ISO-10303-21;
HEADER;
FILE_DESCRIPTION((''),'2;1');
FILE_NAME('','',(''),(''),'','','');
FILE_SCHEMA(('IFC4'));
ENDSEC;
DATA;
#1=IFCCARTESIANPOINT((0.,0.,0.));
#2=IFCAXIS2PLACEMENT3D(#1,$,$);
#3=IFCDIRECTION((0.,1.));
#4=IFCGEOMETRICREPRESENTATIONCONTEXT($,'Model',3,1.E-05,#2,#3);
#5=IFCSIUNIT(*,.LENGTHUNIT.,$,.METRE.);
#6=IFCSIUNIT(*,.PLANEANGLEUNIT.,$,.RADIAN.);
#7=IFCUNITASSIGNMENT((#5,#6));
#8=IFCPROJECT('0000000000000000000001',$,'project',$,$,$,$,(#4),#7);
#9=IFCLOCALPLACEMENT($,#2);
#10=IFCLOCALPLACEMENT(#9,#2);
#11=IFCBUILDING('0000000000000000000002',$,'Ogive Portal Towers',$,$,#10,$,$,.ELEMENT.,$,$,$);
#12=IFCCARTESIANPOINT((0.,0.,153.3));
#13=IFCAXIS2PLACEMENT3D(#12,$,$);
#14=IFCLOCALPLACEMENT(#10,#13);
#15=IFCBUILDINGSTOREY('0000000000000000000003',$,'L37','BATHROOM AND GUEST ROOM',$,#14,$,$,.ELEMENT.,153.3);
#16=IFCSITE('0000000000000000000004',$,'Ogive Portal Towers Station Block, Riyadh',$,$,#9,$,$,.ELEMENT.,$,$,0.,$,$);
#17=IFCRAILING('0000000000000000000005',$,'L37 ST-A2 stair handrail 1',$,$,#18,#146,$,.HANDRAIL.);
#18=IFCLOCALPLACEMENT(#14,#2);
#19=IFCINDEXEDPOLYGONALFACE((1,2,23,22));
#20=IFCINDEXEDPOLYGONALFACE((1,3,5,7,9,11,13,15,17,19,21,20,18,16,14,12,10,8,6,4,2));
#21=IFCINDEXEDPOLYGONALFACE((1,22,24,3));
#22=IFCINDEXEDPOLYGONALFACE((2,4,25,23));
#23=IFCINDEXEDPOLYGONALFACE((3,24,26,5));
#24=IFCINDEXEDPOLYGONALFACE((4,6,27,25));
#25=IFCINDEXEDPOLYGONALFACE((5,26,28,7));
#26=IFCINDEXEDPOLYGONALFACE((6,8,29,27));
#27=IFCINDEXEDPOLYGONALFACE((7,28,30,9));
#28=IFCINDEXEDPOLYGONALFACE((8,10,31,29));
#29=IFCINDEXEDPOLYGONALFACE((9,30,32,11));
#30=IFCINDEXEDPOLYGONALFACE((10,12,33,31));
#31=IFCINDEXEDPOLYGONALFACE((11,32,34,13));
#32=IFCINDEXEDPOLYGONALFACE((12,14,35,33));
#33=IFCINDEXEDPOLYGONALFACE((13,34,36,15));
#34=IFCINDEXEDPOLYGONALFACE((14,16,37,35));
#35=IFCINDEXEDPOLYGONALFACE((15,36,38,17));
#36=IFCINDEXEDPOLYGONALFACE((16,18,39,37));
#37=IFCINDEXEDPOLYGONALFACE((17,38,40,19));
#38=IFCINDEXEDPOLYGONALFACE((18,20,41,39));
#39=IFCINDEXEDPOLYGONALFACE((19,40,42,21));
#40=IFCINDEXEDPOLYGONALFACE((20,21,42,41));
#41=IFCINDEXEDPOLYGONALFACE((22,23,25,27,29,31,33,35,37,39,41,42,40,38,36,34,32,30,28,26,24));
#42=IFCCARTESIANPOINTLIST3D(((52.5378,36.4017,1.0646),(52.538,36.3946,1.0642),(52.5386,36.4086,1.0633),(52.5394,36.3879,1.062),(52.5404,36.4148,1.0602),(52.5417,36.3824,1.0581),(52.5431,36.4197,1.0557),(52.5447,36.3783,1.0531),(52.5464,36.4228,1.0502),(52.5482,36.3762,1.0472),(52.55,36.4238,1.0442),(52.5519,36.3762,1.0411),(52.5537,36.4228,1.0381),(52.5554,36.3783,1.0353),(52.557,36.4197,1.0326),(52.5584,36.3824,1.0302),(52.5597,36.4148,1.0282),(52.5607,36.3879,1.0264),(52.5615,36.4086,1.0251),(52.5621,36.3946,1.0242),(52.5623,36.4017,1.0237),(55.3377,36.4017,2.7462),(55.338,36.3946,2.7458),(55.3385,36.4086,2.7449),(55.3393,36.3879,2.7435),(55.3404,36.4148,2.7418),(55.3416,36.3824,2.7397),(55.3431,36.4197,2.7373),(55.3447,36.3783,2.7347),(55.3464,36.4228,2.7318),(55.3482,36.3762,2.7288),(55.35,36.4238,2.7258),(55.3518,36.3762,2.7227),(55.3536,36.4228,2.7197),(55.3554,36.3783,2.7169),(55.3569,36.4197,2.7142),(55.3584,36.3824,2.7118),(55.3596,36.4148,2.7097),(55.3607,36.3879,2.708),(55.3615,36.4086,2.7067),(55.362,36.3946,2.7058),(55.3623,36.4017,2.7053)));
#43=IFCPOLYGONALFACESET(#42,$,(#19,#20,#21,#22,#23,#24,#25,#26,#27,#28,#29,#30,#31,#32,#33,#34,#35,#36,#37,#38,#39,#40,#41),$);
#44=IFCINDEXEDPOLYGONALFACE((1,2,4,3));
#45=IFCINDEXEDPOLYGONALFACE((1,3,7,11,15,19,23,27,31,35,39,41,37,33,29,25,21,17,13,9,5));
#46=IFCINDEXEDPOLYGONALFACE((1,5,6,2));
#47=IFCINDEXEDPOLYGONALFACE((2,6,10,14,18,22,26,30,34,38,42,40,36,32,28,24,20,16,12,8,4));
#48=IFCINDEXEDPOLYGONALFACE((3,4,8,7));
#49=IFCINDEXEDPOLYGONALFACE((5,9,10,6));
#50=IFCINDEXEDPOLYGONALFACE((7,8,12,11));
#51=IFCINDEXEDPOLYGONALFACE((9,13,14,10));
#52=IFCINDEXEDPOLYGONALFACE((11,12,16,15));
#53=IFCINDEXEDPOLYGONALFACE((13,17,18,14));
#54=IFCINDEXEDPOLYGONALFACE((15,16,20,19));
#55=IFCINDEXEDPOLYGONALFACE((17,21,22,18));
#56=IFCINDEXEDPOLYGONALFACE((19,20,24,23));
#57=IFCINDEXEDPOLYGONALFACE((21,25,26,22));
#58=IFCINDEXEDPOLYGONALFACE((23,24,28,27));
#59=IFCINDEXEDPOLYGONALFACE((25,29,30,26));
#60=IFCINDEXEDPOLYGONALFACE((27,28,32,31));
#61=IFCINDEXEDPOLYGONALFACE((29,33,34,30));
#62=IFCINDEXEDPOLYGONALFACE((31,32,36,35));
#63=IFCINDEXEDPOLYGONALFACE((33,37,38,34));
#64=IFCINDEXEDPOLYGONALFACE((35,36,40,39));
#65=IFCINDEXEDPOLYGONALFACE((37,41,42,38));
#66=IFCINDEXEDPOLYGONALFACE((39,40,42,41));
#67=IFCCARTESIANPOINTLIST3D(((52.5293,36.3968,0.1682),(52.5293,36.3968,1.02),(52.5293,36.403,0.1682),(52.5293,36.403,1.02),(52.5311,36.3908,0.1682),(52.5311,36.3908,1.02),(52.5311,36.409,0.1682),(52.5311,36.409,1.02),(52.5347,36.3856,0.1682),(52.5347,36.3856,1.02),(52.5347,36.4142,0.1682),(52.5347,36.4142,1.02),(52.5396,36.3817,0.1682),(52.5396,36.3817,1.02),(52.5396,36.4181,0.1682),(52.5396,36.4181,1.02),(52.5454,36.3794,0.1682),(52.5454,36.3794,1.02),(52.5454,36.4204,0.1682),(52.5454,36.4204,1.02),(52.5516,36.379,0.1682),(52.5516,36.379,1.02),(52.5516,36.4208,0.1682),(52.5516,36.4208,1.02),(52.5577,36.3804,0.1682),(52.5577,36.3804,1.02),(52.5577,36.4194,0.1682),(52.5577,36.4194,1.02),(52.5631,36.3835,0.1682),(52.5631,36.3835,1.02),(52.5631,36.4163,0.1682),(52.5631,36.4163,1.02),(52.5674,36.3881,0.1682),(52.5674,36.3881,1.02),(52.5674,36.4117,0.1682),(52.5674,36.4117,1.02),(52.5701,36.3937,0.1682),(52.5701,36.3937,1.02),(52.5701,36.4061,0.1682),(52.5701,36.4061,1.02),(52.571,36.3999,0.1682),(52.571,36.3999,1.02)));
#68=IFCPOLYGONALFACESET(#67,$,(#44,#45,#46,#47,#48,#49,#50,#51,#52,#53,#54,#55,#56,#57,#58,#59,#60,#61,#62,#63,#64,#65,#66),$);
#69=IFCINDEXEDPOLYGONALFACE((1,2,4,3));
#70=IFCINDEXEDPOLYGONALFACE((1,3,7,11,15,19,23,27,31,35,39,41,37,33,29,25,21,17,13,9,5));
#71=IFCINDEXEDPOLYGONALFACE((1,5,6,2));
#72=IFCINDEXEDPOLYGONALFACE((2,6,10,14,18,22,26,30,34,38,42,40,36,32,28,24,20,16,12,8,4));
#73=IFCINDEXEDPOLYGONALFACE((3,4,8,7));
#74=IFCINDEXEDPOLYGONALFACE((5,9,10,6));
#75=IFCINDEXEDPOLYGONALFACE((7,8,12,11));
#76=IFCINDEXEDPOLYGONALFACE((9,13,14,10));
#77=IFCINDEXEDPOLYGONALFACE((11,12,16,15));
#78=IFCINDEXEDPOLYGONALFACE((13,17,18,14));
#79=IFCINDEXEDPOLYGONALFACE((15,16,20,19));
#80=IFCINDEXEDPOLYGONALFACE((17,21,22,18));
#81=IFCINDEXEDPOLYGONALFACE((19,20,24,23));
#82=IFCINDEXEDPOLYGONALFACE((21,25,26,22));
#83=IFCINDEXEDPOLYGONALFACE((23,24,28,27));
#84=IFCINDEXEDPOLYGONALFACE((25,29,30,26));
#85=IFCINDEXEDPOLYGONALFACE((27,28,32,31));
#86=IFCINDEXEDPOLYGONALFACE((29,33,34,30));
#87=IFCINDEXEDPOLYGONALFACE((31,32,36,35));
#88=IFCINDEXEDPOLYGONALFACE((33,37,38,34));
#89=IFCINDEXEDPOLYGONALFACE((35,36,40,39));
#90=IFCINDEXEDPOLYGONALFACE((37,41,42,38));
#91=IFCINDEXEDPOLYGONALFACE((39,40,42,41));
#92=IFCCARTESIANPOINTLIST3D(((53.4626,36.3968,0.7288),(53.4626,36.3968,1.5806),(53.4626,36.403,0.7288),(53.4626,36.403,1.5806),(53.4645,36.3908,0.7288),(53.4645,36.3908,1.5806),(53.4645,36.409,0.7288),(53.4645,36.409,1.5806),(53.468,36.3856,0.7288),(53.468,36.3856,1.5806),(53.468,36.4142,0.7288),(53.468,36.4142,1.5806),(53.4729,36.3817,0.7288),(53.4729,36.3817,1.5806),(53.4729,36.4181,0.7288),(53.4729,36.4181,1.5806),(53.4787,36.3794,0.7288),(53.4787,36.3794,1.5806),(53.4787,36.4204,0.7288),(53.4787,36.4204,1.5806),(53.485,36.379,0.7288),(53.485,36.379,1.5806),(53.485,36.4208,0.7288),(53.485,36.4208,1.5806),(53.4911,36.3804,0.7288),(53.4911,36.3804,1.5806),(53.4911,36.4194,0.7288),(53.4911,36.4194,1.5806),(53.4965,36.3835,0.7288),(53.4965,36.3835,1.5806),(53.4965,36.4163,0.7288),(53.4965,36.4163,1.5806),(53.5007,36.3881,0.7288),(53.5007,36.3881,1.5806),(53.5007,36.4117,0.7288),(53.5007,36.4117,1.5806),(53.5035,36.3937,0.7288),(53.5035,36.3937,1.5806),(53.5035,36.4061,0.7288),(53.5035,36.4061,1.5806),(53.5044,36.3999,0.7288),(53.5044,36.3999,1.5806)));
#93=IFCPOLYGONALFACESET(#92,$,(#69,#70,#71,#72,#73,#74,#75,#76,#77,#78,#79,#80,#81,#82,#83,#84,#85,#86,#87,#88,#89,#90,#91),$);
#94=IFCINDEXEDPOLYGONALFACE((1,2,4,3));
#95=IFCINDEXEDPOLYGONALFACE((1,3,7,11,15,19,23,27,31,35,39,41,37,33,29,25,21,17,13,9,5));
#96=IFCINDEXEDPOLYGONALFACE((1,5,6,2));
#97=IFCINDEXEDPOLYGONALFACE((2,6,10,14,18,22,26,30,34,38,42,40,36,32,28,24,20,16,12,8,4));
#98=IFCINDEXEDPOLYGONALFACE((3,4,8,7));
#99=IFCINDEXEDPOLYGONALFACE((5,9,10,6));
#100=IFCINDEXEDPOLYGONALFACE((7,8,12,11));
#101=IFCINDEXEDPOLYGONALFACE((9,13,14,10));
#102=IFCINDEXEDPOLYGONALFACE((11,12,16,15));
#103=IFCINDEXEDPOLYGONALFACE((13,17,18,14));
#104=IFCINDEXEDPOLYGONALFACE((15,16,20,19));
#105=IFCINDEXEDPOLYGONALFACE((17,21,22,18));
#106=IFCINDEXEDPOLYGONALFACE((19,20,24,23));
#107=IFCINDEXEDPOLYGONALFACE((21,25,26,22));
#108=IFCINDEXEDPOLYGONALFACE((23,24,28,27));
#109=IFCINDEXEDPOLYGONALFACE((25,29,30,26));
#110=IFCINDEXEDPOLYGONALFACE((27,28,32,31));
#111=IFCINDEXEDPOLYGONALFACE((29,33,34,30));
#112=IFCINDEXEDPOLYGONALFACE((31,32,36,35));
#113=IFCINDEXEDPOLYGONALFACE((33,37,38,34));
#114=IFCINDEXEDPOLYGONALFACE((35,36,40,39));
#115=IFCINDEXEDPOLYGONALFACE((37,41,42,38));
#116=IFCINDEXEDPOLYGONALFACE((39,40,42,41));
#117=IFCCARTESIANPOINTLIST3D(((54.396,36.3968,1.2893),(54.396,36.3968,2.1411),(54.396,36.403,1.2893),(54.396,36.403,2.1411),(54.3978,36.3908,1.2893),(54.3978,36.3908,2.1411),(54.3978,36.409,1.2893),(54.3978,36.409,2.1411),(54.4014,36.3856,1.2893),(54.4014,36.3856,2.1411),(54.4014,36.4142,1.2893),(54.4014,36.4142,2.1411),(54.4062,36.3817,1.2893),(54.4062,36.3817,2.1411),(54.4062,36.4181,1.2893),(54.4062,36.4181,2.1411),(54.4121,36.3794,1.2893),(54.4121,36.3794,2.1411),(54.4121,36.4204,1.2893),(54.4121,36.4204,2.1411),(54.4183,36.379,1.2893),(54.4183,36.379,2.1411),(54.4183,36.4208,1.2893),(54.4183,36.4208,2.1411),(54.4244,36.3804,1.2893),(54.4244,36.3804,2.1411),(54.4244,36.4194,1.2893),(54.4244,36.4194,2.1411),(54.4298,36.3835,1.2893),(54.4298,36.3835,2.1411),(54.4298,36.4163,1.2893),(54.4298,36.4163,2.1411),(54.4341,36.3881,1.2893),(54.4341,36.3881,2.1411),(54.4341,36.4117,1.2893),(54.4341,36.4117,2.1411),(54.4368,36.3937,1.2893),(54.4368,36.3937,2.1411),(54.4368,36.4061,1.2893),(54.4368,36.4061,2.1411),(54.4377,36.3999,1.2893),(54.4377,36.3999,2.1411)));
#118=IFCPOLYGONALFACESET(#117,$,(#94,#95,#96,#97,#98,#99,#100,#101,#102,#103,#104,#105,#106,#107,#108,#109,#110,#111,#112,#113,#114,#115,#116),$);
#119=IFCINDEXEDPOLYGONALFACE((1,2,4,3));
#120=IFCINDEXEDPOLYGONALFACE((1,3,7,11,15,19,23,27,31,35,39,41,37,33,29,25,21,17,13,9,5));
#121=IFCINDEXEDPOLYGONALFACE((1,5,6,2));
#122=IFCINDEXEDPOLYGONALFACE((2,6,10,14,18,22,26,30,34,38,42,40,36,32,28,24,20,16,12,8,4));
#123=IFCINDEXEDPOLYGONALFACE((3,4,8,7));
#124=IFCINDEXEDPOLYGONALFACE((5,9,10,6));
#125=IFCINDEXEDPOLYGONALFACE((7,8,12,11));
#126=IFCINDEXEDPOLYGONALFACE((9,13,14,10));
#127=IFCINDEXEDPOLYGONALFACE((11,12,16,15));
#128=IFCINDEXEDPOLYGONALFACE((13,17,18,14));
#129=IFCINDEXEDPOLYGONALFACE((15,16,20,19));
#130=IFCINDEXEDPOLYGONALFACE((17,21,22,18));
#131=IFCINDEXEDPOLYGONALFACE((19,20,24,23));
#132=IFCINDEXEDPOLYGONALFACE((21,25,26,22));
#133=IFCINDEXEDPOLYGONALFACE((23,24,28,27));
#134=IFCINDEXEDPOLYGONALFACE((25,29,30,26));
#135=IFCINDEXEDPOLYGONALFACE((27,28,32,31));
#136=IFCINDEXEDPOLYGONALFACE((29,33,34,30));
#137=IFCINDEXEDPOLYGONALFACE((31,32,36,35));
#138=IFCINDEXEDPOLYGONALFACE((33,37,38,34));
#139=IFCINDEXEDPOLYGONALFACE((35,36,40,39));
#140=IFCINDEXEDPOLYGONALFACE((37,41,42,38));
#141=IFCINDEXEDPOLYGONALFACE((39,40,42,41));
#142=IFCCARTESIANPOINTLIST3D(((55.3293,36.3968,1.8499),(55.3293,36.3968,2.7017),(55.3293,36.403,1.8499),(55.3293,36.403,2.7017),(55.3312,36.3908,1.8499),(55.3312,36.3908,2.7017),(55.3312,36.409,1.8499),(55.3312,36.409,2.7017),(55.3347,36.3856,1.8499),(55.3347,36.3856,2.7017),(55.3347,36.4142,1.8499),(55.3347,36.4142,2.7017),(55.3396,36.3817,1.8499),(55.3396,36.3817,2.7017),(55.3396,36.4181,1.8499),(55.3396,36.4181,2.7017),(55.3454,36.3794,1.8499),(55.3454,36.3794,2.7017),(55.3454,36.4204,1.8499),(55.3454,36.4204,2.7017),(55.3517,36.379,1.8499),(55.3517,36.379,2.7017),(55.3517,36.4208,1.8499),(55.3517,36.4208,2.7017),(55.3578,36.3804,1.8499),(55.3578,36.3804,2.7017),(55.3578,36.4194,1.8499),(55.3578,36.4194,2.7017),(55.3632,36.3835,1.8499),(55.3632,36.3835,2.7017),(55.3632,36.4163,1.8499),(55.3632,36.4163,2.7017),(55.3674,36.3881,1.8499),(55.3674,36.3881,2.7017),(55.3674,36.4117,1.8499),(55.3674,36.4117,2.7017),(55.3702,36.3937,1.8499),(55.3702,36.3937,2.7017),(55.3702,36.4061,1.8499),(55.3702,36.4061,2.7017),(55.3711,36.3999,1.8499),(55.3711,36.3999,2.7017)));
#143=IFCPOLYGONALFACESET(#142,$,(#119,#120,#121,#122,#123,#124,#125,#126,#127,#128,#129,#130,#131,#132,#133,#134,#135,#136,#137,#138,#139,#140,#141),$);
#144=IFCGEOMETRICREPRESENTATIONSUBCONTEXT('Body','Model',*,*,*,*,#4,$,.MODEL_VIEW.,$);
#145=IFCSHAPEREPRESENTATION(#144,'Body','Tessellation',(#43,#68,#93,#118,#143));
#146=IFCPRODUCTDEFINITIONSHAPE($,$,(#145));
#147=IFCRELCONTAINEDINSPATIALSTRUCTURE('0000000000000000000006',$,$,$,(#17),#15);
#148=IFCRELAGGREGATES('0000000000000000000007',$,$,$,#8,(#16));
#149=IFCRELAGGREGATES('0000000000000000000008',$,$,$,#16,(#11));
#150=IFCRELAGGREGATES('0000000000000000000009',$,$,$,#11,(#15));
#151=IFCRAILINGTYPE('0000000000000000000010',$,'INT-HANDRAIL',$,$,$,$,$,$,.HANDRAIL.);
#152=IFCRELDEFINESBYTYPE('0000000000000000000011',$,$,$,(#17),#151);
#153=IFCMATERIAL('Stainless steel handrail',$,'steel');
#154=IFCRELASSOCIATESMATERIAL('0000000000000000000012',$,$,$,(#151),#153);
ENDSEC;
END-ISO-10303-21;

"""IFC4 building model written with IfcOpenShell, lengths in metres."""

from ifc_helpers import new_model, si_unit, direction, frame, origin, origin_2d, place, context, subcontext, project, spatial, circle, extrude, material, type_object, element, save


model = new_model("IFC4")

# Units and contexts
model_context = context("Model", 3, precision=1e-05, world=origin(), true_north=direction((0.0, 1.0)))
body_context = subcontext(model_context, "Body", "Model", "MODEL_VIEW")
ifc_project = project(units=[si_unit("LENGTHUNIT", "METRE"), si_unit("PLANEANGLEUNIT", "RADIAN")], contexts=[model_context])

# Site, building, storey
site_placement = place(None, origin())
site = spatial("IfcSite", under=ifc_project, at=site_placement, Name="Ogive Portal Towers Station Block, Riyadh", CompositionType="ELEMENT", RefElevation=0.0)
building_placement = place(site_placement, origin())
building = spatial("IfcBuilding", under=site, at=building_placement, Name="Ogive Portal Towers", CompositionType="ELEMENT")
storey_placement = place(building_placement, frame((0.0, 0.0, 153.3)))
storey = spatial("IfcBuildingStorey", under=building, at=storey_placement, Name="L37", Description="BATHROOM AND GUEST ROOM", CompositionType="ELEMENT", Elevation=153.3)

# Railing
ifc_material_1 = material(Name="Stainless steel handrail", Category="steel")
railing_type_1 = type_object("IfcRailingType", Name="INT-HANDRAIL", PredefinedType="HANDRAIL", material=ifc_material_1)
railing_1_placement = place(storey_placement, frame((52.55, 36.3999, 0.1682)))
element("IfcRailing", 1, at=railing_1_placement, inside=storey, type_object=railing_type_1, Name="L37 ST-A2 stair handrail 1", PredefinedType="HANDRAIL", context=body_context, shape_type="SweptSolid", body=[
    extrude(circle(Radius=0.0239, at=origin_2d()), frame((0.0, 0.0, 0.876), z_axis=(0.857275, 0.0, 0.514858), x_axis=(0.0, 1.0, 0.0)), (0.0, 0.0, 1.0), 3.2661),
    extrude(circle(Radius=0.021, at=origin_2d()), origin(), (0.0, 0.0, 1.0), 0.8518),
    extrude(circle(Radius=0.021, at=origin_2d()), frame((0.9333, 0.0, 0.5605)), (0.0, 0.0, 1.0), 0.8518),
    extrude(circle(Radius=0.021, at=origin_2d()), frame((1.8667, 0.0, 1.1211)), (0.0, 0.0, 1.0), 0.8518),
    extrude(circle(Radius=0.021, at=origin_2d()), frame((2.8, 0.0, 1.6816)), (0.0, 0.0, 1.0), 0.8518),
])

save(model, "model.ifc")
